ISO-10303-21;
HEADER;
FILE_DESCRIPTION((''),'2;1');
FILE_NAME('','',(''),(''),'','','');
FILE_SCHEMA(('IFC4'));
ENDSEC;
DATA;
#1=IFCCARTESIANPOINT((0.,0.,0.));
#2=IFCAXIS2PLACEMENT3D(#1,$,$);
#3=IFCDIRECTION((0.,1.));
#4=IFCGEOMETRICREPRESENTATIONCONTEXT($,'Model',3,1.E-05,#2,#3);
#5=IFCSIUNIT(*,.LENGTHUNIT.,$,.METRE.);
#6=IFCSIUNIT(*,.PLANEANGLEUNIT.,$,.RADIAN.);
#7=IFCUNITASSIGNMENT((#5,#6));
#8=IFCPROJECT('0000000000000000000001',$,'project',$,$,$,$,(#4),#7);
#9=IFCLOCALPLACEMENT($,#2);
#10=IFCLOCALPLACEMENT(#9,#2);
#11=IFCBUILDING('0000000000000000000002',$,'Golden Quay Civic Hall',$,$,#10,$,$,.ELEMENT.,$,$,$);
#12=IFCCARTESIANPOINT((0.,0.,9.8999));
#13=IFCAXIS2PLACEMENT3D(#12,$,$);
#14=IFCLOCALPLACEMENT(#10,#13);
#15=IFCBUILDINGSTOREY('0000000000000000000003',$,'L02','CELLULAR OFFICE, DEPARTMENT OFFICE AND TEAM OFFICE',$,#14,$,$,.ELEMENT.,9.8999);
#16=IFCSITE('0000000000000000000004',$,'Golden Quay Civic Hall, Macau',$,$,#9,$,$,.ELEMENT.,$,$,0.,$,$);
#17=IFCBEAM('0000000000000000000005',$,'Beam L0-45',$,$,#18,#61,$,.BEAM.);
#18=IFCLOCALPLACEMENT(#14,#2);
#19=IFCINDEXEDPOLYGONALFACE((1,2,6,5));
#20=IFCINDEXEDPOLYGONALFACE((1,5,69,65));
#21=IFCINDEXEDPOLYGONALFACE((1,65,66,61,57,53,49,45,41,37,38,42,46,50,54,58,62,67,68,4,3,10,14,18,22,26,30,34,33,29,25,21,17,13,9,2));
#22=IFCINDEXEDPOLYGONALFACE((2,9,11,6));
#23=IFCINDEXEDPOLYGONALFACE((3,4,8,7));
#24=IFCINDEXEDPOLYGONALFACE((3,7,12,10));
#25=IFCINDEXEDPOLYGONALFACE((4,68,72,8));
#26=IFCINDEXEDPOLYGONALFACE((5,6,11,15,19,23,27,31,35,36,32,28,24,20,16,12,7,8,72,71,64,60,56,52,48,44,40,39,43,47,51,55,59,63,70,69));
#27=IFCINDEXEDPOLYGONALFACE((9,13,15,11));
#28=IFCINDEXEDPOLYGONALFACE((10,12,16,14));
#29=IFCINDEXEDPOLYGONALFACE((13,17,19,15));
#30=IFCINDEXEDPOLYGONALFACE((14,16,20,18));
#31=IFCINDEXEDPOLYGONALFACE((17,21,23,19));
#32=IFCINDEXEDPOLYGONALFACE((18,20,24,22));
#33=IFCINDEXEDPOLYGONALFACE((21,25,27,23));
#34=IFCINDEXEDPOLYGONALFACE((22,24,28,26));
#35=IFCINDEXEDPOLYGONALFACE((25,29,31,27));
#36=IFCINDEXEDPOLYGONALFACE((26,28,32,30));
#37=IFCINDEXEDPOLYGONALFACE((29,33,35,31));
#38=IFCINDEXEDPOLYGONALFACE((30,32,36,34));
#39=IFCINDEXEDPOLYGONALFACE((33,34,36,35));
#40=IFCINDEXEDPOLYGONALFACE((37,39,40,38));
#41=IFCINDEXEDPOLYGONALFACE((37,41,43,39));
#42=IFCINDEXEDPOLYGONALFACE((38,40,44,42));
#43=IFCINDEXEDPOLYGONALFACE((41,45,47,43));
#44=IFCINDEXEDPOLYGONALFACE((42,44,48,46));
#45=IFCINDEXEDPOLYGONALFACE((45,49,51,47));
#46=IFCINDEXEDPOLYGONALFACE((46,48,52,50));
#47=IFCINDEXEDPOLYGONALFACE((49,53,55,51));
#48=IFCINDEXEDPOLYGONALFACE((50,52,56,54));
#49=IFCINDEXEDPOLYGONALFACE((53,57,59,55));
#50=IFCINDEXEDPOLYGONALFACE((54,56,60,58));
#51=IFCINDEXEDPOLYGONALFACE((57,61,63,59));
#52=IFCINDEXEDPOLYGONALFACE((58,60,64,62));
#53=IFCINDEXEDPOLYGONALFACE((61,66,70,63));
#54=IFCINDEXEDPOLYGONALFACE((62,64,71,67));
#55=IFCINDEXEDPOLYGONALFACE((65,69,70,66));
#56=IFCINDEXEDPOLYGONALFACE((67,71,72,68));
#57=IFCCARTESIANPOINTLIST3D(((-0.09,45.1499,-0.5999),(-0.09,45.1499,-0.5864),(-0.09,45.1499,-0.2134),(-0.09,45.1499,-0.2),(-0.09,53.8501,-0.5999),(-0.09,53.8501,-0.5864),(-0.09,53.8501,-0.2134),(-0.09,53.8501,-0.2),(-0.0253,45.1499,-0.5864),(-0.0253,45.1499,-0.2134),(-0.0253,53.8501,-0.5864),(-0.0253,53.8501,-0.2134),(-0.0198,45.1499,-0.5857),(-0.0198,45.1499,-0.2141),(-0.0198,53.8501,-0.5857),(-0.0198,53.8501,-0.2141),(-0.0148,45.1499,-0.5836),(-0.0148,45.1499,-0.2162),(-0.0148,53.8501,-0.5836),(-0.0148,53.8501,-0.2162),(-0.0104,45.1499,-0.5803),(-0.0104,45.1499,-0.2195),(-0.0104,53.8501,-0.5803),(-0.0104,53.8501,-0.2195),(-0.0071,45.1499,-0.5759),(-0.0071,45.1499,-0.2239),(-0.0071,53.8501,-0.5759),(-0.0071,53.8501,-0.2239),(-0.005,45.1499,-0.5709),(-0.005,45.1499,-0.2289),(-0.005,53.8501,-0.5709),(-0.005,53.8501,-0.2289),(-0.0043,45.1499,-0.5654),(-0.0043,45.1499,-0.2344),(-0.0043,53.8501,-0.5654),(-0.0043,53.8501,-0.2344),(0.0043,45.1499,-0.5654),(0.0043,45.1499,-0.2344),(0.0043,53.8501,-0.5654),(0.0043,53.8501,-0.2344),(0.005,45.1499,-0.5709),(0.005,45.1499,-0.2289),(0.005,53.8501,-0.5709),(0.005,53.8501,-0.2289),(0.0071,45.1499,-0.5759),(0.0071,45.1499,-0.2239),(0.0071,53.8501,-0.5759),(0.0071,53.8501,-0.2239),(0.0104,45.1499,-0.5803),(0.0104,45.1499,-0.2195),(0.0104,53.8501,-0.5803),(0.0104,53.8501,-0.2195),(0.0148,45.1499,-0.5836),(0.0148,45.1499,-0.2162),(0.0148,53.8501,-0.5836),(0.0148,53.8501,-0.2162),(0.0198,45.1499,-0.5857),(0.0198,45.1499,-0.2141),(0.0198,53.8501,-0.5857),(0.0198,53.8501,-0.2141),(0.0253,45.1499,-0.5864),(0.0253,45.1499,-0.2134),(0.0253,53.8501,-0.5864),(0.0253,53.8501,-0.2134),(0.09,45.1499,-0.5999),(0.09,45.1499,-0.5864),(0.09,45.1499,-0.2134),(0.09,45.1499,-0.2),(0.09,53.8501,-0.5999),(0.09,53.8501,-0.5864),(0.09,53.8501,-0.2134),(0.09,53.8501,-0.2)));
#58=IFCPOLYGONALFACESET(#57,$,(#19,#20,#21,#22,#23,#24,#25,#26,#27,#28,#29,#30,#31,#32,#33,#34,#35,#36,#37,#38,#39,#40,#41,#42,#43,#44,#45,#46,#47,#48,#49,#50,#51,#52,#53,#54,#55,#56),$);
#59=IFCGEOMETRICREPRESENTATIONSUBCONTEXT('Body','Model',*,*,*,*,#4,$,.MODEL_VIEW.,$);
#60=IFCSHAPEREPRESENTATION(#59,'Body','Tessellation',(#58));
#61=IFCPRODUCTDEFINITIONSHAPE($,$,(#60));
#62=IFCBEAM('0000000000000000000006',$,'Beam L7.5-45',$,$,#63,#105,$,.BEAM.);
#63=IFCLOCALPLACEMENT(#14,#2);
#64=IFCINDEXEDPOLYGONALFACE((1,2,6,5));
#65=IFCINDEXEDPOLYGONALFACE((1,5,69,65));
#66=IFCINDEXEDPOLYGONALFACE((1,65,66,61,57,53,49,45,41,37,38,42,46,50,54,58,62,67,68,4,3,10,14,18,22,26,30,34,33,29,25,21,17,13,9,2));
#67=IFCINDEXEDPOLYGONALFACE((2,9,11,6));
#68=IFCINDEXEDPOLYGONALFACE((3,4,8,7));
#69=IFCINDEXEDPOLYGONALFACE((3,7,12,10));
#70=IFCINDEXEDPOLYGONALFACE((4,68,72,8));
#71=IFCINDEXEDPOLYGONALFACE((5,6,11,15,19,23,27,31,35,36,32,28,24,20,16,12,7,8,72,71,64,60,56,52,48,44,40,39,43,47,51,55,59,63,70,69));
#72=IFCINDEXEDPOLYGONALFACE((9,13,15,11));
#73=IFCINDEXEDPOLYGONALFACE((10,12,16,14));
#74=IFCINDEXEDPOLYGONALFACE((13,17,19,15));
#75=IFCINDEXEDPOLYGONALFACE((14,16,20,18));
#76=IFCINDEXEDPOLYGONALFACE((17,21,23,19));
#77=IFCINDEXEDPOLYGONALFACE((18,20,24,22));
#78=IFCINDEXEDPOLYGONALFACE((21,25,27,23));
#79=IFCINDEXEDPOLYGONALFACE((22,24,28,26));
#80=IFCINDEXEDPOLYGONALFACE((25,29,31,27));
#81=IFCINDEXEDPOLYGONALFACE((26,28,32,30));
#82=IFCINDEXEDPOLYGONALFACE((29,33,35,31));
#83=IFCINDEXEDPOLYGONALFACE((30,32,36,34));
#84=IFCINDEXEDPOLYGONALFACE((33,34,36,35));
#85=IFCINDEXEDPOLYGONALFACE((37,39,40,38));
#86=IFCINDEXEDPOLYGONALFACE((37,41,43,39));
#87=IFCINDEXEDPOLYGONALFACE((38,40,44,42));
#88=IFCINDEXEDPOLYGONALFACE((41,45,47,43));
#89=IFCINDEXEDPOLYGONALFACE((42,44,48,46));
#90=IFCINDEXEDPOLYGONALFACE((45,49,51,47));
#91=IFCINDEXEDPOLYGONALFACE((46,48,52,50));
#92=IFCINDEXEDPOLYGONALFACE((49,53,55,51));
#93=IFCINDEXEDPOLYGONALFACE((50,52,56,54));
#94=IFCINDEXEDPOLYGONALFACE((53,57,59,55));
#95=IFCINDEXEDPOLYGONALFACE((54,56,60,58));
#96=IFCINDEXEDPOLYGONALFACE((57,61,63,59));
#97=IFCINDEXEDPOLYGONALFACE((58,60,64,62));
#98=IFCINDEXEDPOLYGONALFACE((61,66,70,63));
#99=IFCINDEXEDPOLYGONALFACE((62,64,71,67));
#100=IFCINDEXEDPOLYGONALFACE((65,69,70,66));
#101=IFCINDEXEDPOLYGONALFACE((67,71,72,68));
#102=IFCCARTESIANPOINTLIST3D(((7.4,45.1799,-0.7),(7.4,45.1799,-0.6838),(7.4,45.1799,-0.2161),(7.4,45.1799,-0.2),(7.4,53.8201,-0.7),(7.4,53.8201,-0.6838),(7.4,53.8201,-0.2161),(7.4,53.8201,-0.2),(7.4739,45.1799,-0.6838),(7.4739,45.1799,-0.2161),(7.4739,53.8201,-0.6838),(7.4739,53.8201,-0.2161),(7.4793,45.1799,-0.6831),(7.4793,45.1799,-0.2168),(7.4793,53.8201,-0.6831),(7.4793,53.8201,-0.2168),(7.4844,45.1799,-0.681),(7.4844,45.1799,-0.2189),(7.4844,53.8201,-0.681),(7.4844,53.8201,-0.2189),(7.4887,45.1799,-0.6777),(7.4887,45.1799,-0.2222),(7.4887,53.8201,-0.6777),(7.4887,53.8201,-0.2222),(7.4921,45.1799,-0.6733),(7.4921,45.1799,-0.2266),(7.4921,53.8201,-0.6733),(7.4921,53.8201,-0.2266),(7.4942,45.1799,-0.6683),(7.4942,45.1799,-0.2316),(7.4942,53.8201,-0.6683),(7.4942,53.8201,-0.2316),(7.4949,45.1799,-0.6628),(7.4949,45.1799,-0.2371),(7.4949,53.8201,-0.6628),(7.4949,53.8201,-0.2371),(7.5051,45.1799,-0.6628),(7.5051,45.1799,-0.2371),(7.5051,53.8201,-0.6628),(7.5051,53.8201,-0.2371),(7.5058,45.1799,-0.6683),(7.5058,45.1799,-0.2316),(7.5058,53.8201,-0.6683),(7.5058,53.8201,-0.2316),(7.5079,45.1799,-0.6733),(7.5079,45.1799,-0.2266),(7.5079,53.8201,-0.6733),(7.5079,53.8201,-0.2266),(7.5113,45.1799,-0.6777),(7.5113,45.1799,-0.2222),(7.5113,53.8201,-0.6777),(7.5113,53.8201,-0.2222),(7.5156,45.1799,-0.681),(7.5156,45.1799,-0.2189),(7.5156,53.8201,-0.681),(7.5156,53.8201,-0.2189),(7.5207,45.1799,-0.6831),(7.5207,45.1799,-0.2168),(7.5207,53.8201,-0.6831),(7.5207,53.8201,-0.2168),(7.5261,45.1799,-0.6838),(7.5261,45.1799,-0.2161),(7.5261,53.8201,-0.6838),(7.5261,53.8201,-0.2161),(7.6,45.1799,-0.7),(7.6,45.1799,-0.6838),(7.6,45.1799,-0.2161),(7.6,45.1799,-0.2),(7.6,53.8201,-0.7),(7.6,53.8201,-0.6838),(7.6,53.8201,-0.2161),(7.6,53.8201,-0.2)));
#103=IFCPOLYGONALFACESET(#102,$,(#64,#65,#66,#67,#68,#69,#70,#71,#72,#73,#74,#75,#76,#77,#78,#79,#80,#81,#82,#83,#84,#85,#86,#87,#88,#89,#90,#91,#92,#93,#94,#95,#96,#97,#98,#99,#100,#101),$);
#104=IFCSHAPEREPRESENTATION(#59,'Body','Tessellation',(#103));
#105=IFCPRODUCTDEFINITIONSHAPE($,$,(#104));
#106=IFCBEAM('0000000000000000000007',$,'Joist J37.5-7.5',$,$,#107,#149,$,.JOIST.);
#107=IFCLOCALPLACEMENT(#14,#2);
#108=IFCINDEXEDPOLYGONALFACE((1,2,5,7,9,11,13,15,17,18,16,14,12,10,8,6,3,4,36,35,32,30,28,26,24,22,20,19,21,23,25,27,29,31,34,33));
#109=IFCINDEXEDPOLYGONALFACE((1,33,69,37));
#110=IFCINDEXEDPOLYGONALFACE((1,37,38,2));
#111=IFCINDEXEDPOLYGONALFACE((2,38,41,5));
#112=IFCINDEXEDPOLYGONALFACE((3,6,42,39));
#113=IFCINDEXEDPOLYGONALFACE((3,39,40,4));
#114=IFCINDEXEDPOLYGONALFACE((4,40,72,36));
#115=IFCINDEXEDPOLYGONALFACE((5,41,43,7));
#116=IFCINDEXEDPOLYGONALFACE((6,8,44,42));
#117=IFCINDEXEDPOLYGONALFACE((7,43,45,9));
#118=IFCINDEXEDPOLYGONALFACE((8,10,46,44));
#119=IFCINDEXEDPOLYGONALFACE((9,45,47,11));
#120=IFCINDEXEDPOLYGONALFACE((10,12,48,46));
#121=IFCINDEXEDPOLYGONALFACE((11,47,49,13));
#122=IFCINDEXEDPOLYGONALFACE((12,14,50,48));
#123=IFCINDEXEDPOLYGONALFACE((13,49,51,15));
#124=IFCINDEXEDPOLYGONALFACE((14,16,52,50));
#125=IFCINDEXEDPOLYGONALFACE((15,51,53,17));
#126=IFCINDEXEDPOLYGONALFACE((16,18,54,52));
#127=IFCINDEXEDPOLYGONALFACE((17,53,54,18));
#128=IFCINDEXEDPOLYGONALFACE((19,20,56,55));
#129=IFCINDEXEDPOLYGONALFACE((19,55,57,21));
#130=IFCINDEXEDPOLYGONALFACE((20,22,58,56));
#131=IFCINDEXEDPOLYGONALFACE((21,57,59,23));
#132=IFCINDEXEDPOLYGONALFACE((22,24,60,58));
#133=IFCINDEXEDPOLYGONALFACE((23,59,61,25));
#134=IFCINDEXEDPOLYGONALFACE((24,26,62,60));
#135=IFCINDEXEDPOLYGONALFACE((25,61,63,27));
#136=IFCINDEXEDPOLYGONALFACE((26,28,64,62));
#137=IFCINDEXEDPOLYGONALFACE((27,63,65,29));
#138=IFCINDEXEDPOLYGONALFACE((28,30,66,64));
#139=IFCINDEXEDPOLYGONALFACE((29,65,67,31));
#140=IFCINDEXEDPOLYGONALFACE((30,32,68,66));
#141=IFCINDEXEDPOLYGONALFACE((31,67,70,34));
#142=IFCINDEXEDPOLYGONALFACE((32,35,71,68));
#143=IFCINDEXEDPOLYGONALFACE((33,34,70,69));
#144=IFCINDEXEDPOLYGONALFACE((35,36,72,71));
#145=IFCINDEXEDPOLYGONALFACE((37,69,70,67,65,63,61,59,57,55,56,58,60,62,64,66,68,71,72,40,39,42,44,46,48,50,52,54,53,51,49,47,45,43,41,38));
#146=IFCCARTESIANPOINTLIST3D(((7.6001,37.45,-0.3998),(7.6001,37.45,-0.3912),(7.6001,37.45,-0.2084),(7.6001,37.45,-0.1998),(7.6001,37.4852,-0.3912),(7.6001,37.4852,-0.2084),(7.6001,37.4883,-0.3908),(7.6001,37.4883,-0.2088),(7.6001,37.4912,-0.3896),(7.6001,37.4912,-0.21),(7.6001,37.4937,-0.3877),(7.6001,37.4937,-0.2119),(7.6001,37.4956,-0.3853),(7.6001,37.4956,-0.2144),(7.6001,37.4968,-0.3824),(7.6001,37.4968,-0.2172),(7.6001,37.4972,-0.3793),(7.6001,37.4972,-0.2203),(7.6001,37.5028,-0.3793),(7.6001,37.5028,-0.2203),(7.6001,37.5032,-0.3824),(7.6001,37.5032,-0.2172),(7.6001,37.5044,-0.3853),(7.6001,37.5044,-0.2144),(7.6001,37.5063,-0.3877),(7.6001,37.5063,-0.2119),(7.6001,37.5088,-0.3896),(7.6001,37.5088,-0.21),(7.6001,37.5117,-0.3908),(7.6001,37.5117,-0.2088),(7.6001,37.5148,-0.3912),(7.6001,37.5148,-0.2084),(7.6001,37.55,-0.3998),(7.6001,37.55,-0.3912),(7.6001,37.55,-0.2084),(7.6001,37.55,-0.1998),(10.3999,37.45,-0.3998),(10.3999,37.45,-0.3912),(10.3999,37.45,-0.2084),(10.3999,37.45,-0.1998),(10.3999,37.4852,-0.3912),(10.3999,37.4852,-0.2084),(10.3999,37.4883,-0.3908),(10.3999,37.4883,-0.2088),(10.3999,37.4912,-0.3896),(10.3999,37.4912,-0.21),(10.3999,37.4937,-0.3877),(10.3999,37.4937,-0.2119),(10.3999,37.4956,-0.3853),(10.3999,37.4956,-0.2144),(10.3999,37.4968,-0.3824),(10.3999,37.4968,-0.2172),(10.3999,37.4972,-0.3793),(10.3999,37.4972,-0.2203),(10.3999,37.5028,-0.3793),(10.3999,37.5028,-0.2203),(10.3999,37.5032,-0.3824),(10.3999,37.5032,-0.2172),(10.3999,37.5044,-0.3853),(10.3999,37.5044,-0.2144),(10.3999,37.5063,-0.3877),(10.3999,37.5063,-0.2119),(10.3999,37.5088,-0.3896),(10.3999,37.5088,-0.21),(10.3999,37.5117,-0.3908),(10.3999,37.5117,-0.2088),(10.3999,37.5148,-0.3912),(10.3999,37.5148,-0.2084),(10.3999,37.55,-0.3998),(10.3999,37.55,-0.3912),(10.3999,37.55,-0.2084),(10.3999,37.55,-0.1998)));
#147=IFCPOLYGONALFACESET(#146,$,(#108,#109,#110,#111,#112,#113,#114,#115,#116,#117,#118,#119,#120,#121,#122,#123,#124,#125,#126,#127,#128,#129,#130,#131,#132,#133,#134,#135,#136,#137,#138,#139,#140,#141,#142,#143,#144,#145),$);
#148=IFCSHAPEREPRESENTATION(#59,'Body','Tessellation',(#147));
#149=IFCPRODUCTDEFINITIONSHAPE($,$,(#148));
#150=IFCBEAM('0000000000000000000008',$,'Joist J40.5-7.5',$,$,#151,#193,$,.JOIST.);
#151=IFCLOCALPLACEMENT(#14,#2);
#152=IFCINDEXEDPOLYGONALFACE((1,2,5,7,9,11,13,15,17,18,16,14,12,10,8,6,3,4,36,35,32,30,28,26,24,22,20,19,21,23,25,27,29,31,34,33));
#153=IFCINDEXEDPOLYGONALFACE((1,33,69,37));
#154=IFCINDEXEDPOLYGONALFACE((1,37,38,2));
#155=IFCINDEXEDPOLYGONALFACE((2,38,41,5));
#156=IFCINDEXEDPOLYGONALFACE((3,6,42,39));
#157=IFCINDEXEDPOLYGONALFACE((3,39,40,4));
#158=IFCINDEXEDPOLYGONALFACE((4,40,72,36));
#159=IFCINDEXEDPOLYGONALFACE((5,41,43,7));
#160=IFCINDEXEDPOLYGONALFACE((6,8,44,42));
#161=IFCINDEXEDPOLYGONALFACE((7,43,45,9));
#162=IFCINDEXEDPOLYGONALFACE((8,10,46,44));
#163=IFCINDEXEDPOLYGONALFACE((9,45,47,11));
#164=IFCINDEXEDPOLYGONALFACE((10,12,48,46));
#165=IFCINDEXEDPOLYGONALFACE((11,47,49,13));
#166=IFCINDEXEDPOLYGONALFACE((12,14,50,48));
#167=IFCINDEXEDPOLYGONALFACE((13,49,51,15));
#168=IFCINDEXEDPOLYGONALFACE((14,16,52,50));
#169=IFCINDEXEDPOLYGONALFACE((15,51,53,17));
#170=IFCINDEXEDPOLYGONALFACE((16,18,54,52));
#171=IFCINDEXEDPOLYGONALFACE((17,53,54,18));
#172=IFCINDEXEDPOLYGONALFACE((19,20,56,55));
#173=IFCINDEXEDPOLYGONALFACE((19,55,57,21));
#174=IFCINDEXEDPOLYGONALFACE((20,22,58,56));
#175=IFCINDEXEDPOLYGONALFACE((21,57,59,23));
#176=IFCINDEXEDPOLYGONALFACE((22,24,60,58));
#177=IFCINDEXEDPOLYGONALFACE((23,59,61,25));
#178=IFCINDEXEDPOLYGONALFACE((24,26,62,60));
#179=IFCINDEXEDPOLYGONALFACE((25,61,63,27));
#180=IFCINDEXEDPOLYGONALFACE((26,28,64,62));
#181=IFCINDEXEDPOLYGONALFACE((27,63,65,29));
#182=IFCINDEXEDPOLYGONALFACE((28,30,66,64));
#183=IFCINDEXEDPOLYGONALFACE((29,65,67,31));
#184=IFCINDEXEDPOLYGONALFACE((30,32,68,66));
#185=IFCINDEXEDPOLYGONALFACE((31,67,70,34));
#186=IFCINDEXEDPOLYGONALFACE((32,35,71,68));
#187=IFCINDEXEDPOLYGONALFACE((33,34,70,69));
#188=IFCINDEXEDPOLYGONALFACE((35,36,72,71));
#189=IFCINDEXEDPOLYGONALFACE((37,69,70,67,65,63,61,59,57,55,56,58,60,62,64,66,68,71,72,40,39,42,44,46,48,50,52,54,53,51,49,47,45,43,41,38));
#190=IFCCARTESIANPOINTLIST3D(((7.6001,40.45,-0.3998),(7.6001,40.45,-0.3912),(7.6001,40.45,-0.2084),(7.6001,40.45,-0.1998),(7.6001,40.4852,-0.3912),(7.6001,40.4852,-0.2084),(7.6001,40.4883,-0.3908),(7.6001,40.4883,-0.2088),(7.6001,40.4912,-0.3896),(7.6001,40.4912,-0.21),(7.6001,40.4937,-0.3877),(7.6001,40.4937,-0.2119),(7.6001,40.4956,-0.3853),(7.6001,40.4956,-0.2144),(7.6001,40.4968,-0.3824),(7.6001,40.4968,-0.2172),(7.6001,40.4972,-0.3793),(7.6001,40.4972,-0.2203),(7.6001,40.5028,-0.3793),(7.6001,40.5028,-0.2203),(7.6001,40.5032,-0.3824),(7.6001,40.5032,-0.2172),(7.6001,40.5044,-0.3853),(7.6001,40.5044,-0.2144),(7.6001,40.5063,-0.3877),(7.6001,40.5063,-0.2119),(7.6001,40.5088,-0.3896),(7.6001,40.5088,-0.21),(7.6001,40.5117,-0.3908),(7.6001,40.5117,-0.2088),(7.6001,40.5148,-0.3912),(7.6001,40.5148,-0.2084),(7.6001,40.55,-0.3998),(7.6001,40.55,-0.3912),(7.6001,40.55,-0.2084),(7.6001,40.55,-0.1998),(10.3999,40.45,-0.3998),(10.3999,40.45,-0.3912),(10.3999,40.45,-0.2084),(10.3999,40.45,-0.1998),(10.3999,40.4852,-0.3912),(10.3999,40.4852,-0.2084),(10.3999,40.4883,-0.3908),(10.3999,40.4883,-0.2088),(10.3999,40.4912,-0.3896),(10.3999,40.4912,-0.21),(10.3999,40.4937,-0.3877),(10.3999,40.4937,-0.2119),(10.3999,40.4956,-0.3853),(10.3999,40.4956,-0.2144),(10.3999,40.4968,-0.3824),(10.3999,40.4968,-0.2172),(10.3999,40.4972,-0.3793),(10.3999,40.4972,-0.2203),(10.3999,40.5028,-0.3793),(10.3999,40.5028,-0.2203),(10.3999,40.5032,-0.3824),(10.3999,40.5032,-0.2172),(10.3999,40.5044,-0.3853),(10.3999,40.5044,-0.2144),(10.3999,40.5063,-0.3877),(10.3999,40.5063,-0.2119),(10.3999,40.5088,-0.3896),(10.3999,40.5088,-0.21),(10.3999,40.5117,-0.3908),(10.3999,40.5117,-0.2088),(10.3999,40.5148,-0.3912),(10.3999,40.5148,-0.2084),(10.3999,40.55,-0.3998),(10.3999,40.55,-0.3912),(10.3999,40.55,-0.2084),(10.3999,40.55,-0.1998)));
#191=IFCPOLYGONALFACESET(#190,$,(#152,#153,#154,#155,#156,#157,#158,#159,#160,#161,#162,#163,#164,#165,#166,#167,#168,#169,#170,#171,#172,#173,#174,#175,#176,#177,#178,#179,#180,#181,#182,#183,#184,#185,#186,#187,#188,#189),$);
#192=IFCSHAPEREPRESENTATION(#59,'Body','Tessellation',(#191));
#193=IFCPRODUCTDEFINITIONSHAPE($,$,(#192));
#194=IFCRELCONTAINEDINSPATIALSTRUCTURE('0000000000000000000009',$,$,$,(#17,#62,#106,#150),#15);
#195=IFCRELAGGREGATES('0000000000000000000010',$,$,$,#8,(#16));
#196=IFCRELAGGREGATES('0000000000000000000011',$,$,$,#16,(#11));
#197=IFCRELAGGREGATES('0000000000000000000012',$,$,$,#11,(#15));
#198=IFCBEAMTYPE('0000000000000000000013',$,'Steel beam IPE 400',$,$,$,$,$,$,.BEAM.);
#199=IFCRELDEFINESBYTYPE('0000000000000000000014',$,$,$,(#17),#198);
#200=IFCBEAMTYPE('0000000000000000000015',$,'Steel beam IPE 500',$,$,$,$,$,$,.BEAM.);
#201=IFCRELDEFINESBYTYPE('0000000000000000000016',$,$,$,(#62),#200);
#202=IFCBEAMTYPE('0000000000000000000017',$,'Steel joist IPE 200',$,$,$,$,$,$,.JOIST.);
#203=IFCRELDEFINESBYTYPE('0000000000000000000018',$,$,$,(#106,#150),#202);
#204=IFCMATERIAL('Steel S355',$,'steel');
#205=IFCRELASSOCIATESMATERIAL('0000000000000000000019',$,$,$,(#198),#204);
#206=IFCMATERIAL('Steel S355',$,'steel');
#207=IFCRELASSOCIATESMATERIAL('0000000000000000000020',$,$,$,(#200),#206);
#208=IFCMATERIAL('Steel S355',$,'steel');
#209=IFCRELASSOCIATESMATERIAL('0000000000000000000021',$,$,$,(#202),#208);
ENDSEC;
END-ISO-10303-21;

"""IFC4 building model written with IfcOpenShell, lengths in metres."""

from ifc_helpers import new_model, si_unit, direction, frame, origin, origin_2d, place, context, subcontext, project, spatial, i_section, extrude, material, material_profile, profile_set, type_object, element, save


model = new_model("IFC4")

# Units and contexts
model_context = context("Model", 3, precision=1e-05, world=origin(), true_north=direction((0.0, 1.0)))
body_context = subcontext(model_context, "Body", "Model", "MODEL_VIEW")
ifc_project = project(units=[si_unit("LENGTHUNIT", "METRE"), si_unit("PLANEANGLEUNIT", "RADIAN")], contexts=[model_context])

# Site, building, storey
site_placement = place(None, origin())
site = spatial("IfcSite", under=ifc_project, at=site_placement, Name="Golden Quay Civic Hall, Macau", CompositionType="ELEMENT", RefElevation=0.0)
building_placement = place(site_placement, origin())
building = spatial("IfcBuilding", under=site, at=building_placement, Name="Golden Quay Civic Hall", CompositionType="ELEMENT")
storey_placement = place(building_placement, frame((0.0, 0.0, 9.8999)))
storey = spatial("IfcBuildingStorey", under=building, at=storey_placement, Name="L02", Description="CELLULAR OFFICE, DEPARTMENT OFFICE AND TEAM OFFICE", CompositionType="ELEMENT", Elevation=9.8999)

# Beams
ifc_material_1 = material(Name="Steel S355", Category="steel")
ifc_material_profile_1 = material_profile(ifc_material_1, i_section(OverallWidth=0.1799, OverallDepth=0.3999, WebThickness=0.0085, FlangeThickness=0.0134, FilletRadius=0.021, at=origin_2d()), Name="IPE 400")
ifc_profile_set_1 = profile_set([ifc_material_profile_1], Name="Steel S355")
beam_type_1 = type_object("IfcBeamType", Name="Steel beam IPE 400", PredefinedType="BEAM", material=ifc_profile_set_1)
beam_1_placement = place(storey_placement, frame((0.0, 45.1499, -0.3999), z_axis=(0.0, 1.0, 0.0), x_axis=(-1.0, 0.0, 0.0)))
element("IfcBeam", 1, at=beam_1_placement, inside=storey, type_object=beam_type_1, Name="Beam L0-45", PredefinedType="BEAM", context=body_context, shape_type="SweptSolid", body=[
    extrude(i_section(OverallWidth=0.1799, OverallDepth=0.3999, WebThickness=0.0085, FlangeThickness=0.0134, FilletRadius=0.021, at=origin_2d()), origin(), (0.0, 0.0, 1.0), 8.7002),
])
ifc_material_2 = material(Name="Steel S355", Category="steel")
ifc_material_profile_2 = material_profile(ifc_material_2, i_section(OverallWidth=0.2, OverallDepth=0.5, WebThickness=0.0103, FlangeThickness=0.0161, FilletRadius=0.021, at=origin_2d()), Name="IPE 500")
ifc_profile_set_2 = profile_set([ifc_material_profile_2], Name="Steel S355")
beam_type_2 = type_object("IfcBeamType", Name="Steel beam IPE 500", PredefinedType="BEAM", material=ifc_profile_set_2)
beam_2_placement = place(storey_placement, frame((7.5, 45.1799, -0.45), z_axis=(0.0, 1.0, 0.0), x_axis=(-1.0, 0.0, 0.0)))
element("IfcBeam", 2, at=beam_2_placement, inside=storey, type_object=beam_type_2, Name="Beam L7.5-45", PredefinedType="BEAM", context=body_context, shape_type="SweptSolid", body=[
    extrude(i_section(OverallWidth=0.2, OverallDepth=0.5, WebThickness=0.0103, FlangeThickness=0.0161, FilletRadius=0.021, at=origin_2d()), origin(), (0.0, 0.0, 1.0), 8.6401),
])
ifc_material_3 = material(Name="Steel S355", Category="steel")
ifc_material_profile_3 = material_profile(ifc_material_3, i_section(OverallWidth=0.1001, OverallDepth=0.2, WebThickness=0.0056, FlangeThickness=0.0085, FilletRadius=0.012, at=origin_2d()), Name="IPE 200")
ifc_profile_set_3 = profile_set([ifc_material_profile_3], Name="Steel S355")
beam_type_3 = type_object("IfcBeamType", Name="Steel joist IPE 200", PredefinedType="JOIST", material=ifc_profile_set_3)
for number, where, z_axis, x_axis, name in (
    (3, (7.6001, 37.5, -0.2998), (1.0, 0.0, 0.0), (0.0, 1.0, 0.0), "Joist J37.5-7.5"),
    (4, (7.6001, 40.5, -0.2998), (1.0, 0.0, 0.0), (0.0, 1.0, 0.0), "Joist J40.5-7.5"),
):
    element("IfcBeam", number, at=place(storey_placement, frame(where, z_axis=z_axis, x_axis=x_axis)), inside=storey, type_object=beam_type_3, Name=name, PredefinedType="JOIST", context=body_context, shape_type="SweptSolid", body=[
        extrude(i_section(OverallWidth=0.1001, OverallDepth=0.2, WebThickness=0.0056, FlangeThickness=0.0085, FilletRadius=0.012, at=origin_2d()), origin(), (0.0, 0.0, 1.0), 2.7998),
    ])

save(model, "model.ifc")
